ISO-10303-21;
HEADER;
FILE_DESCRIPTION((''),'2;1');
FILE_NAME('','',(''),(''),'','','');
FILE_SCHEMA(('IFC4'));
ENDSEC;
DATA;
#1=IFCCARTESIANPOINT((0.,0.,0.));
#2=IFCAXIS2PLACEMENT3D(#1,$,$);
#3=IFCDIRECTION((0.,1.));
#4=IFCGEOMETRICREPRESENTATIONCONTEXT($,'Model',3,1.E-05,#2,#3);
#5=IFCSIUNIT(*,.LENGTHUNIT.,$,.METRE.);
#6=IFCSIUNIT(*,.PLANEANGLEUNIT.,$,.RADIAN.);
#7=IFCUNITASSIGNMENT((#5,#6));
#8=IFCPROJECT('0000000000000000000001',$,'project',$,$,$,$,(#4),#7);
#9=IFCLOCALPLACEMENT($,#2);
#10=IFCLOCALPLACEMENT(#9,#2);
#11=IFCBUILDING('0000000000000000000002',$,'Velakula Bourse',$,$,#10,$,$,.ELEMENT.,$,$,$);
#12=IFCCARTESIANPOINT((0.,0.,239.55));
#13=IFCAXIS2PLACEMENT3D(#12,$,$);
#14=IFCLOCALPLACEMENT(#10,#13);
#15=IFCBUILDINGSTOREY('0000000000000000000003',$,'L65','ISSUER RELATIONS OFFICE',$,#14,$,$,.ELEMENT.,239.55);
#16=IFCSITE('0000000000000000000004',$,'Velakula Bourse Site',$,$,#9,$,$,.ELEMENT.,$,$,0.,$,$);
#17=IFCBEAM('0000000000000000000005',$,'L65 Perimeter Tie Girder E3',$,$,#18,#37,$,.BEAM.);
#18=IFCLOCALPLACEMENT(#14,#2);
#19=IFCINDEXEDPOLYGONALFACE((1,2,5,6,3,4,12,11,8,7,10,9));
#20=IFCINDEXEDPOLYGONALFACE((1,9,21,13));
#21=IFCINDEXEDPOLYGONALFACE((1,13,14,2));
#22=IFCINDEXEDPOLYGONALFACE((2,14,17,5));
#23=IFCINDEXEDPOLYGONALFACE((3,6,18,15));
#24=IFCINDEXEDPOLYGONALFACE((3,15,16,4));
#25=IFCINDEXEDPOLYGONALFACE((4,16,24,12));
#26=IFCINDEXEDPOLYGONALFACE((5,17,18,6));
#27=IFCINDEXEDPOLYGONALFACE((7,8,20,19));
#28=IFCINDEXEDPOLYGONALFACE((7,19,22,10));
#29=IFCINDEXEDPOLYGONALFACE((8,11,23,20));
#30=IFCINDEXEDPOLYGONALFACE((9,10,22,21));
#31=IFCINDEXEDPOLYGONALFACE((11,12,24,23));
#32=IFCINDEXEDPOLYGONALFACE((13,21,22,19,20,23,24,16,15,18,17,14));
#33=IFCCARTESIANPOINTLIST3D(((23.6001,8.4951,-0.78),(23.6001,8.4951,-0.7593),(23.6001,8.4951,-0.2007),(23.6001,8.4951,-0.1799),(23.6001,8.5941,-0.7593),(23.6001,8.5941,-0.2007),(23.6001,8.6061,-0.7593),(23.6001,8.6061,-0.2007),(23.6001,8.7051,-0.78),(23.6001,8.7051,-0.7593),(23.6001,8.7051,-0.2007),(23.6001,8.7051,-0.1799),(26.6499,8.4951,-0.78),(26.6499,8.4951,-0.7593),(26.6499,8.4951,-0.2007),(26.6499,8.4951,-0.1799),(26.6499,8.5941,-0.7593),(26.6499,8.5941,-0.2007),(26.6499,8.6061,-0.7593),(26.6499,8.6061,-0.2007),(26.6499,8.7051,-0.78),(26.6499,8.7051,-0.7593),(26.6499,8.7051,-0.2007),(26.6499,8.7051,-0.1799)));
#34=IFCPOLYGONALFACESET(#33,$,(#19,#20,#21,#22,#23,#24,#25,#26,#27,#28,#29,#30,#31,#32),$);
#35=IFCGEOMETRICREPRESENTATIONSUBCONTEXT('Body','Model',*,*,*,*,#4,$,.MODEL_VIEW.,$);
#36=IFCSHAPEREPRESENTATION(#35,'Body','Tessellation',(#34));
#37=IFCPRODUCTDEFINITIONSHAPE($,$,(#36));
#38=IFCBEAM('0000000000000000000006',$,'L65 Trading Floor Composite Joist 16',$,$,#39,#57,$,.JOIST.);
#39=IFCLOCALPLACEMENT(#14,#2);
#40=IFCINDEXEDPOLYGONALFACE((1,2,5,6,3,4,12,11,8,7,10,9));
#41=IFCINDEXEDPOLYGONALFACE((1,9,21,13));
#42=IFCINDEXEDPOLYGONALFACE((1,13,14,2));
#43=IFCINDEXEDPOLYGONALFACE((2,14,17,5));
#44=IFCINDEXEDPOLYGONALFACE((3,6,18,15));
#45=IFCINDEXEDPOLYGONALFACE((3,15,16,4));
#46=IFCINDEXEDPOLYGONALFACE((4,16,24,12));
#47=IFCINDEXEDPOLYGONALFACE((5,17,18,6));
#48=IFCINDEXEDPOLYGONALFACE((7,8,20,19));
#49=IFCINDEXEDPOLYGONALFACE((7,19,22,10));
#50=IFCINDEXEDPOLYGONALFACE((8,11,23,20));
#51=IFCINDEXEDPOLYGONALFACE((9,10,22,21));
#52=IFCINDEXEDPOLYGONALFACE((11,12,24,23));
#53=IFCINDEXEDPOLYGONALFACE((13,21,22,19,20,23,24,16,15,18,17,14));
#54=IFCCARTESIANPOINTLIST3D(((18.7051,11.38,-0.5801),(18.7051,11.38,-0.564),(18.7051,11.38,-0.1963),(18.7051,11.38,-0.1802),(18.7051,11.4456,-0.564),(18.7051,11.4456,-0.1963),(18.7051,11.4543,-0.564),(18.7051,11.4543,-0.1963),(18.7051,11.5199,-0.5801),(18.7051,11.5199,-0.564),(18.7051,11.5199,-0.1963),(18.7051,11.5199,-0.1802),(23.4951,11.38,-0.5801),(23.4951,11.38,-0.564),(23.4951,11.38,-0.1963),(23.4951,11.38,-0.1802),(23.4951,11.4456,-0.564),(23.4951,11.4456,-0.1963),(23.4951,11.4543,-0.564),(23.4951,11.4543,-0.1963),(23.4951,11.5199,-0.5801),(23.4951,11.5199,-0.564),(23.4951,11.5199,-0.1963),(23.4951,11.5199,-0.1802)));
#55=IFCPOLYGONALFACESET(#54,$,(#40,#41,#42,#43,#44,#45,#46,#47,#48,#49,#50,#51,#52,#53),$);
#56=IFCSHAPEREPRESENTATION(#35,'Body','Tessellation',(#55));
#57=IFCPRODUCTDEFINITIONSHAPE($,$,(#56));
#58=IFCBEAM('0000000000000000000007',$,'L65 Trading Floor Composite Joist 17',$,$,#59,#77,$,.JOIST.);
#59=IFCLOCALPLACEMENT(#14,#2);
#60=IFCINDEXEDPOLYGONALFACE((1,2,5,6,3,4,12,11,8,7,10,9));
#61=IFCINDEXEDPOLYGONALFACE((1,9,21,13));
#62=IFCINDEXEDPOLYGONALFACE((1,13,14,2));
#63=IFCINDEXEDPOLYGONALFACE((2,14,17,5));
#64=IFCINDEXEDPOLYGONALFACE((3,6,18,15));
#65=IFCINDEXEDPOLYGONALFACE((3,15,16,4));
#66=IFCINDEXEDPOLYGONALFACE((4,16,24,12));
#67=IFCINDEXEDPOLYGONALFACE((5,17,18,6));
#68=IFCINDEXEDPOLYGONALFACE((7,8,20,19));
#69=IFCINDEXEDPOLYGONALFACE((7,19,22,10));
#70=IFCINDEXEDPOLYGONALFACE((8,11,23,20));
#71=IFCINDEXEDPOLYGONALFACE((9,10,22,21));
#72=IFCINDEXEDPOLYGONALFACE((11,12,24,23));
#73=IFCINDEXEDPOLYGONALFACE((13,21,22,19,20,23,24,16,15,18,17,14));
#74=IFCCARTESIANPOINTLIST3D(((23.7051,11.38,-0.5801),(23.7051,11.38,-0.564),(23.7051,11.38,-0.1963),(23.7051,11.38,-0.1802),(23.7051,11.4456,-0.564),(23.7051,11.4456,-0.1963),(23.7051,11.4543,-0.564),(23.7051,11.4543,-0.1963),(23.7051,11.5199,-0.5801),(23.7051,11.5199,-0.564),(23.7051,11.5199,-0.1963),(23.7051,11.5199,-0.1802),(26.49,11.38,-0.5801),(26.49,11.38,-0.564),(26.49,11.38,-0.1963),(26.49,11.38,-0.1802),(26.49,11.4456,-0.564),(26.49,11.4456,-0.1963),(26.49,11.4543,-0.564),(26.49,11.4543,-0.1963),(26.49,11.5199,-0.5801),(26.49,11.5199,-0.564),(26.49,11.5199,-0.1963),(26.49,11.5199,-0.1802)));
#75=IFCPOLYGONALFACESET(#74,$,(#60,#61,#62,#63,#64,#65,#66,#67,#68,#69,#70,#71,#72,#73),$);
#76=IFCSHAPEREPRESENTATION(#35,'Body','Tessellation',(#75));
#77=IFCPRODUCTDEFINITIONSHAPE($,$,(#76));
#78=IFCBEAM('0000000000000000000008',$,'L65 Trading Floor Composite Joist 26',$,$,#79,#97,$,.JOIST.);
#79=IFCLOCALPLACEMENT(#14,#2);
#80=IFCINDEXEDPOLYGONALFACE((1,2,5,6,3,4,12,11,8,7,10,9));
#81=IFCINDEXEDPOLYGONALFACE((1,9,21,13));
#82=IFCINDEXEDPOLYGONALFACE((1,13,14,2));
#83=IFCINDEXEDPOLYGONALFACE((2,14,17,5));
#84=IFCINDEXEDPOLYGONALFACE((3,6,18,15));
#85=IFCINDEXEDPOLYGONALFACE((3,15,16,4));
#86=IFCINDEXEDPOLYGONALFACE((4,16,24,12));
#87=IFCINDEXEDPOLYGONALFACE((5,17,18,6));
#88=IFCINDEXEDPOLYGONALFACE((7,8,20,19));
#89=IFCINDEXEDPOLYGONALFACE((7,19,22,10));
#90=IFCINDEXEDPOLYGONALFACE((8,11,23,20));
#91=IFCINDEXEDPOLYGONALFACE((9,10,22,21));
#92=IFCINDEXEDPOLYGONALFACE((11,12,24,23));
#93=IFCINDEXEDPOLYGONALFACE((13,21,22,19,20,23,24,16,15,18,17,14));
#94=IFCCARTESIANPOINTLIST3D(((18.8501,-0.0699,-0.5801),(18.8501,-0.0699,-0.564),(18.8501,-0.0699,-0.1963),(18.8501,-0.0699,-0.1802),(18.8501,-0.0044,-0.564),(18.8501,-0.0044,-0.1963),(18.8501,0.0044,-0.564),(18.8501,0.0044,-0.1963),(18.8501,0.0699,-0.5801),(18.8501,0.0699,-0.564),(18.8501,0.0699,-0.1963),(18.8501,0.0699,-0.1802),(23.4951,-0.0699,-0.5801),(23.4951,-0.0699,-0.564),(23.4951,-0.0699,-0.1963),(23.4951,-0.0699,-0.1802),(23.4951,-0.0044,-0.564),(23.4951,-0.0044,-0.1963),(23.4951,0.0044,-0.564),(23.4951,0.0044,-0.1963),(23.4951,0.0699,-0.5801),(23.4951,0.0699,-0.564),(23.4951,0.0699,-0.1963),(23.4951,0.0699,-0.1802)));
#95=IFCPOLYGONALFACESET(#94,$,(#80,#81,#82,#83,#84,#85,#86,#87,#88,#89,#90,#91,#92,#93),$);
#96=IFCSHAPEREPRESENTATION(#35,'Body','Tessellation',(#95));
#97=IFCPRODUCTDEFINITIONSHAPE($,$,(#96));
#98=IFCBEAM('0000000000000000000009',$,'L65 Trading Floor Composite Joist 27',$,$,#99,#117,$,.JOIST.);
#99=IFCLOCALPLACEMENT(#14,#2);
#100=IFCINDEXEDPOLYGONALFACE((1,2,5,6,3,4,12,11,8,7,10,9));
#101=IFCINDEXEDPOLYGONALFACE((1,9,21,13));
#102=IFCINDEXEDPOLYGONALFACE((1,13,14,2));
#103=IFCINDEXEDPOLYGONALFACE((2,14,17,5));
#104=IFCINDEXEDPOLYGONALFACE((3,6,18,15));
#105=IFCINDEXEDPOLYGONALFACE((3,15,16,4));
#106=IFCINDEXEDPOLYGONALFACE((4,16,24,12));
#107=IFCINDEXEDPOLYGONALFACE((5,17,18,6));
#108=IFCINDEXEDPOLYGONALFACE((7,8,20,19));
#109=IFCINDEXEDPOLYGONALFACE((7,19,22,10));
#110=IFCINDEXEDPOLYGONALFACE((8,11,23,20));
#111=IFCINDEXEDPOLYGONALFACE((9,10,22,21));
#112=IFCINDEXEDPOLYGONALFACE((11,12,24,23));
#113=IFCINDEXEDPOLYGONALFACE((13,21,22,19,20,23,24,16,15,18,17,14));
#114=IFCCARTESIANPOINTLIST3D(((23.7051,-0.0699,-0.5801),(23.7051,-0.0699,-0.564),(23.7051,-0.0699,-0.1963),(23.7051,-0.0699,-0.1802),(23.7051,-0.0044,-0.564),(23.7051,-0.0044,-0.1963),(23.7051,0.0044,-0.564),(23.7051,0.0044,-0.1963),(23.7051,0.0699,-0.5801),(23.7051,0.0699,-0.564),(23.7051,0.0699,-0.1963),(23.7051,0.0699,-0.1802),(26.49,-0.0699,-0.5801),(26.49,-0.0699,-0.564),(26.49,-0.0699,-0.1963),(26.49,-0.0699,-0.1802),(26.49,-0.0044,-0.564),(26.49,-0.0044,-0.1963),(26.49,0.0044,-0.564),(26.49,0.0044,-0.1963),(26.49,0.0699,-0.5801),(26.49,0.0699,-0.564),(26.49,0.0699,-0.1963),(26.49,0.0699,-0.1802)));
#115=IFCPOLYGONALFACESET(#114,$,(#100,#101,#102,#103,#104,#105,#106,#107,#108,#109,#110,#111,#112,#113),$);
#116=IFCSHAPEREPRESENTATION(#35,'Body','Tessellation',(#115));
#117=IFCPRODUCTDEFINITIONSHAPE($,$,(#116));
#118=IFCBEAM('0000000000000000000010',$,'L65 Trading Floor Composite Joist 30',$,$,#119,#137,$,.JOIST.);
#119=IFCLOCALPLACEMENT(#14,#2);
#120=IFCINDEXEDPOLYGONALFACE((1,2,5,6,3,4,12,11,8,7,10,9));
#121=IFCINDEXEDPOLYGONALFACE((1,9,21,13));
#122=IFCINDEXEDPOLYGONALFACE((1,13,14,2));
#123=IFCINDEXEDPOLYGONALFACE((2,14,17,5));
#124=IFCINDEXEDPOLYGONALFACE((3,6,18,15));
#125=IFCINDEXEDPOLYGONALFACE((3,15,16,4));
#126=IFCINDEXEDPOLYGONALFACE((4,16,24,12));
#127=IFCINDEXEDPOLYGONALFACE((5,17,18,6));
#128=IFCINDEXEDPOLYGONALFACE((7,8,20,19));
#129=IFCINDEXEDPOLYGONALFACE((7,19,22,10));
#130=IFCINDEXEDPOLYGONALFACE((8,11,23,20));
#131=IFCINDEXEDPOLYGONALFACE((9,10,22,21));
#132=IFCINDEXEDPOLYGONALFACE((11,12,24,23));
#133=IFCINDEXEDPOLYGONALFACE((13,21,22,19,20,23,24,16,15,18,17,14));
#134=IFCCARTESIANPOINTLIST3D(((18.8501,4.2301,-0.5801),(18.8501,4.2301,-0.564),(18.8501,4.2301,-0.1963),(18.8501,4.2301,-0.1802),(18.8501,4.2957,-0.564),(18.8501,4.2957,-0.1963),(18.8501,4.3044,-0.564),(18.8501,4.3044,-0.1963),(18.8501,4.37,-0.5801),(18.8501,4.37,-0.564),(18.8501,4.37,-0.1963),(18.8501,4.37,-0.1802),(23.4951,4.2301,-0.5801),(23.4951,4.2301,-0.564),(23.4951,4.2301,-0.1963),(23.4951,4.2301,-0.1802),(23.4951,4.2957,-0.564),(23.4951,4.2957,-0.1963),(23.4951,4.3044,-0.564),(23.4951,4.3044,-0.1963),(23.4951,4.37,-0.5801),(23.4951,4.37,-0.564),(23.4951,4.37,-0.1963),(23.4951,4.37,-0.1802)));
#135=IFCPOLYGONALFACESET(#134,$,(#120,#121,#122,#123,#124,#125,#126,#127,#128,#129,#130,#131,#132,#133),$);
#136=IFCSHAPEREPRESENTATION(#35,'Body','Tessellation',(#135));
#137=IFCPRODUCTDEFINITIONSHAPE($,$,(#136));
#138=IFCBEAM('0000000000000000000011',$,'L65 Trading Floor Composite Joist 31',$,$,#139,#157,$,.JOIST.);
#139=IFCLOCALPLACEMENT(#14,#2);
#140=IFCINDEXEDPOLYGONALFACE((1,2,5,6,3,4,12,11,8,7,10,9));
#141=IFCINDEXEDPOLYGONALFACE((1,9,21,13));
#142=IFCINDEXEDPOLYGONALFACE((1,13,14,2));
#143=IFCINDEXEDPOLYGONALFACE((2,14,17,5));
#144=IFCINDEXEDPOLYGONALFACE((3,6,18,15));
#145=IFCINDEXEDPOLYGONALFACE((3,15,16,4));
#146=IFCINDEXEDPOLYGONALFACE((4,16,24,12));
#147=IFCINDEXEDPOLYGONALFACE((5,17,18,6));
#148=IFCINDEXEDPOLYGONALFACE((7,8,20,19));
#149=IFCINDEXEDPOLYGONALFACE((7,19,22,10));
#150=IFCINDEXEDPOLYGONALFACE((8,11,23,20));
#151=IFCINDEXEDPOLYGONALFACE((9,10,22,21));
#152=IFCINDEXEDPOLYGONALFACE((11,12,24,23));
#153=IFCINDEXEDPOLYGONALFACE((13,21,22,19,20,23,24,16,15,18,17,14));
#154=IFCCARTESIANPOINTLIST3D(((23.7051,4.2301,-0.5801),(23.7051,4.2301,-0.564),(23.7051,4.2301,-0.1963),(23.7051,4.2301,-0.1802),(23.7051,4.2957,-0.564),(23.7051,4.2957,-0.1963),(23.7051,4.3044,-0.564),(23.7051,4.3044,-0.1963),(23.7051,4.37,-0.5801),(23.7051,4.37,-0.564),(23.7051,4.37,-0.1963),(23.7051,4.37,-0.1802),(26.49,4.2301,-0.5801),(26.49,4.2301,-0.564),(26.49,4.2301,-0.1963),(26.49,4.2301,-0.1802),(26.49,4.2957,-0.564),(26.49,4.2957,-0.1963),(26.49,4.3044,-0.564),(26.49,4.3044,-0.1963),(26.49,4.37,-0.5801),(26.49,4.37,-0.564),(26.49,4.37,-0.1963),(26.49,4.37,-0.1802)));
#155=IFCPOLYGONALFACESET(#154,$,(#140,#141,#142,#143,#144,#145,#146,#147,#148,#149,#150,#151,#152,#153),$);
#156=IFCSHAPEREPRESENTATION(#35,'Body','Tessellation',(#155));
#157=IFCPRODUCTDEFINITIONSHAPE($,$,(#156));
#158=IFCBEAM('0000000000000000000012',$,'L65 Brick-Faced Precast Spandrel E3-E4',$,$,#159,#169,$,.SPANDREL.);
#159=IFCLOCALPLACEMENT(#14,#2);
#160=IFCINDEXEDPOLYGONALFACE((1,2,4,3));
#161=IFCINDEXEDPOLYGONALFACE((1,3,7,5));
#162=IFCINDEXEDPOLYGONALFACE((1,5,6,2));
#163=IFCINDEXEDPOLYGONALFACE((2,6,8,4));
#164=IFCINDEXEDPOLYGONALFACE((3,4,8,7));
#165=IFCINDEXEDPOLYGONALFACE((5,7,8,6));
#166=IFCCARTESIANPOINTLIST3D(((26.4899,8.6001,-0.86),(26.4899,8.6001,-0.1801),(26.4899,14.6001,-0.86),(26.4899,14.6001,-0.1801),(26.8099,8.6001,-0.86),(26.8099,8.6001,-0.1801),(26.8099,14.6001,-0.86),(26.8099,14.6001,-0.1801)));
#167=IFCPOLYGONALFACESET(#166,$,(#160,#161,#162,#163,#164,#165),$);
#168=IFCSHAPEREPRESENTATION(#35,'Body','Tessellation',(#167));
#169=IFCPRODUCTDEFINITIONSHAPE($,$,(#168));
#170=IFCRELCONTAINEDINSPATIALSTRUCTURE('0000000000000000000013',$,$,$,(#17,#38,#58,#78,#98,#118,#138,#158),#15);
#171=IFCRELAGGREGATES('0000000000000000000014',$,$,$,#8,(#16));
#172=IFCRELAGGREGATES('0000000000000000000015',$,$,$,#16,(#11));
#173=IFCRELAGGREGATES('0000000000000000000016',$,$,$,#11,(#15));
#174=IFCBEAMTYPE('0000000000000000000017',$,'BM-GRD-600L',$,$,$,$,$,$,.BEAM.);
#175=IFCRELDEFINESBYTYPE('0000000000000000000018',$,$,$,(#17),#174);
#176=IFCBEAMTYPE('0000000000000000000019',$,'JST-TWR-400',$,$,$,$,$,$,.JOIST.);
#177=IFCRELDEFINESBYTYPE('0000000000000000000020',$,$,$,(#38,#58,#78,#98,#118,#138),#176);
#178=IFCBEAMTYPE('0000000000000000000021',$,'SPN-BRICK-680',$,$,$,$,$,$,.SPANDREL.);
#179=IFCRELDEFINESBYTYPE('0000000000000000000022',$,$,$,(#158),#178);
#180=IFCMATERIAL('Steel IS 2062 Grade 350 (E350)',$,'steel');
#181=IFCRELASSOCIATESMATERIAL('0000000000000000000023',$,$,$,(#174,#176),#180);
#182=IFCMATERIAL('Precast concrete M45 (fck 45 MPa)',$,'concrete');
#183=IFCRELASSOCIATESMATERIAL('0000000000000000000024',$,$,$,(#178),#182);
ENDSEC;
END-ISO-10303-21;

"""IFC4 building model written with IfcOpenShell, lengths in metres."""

from ifc_helpers import new_model, si_unit, direction, frame, origin, origin_2d, place, context, subcontext, project, spatial, rectangle, i_section, extrude, material, material_profile, profile_set, type_object, element, save


model = new_model("IFC4")

# Units and contexts
model_context = context("Model", 3, precision=1e-05, world=origin(), true_north=direction((0.0, 1.0)))
body_context = subcontext(model_context, "Body", "Model", "MODEL_VIEW")
ifc_project = project(units=[si_unit("LENGTHUNIT", "METRE"), si_unit("PLANEANGLEUNIT", "RADIAN")], contexts=[model_context])

# Site, building, storey
site_placement = place(None, origin())
site = spatial("IfcSite", under=ifc_project, at=site_placement, Name="Velakula Bourse Site", CompositionType="ELEMENT", RefElevation=0.0)
building_placement = place(site_placement, origin())
building = spatial("IfcBuilding", under=site, at=building_placement, Name="Velakula Bourse", CompositionType="ELEMENT")
storey_placement = place(building_placement, frame((0.0, 0.0, 239.55)))
storey = spatial("IfcBuildingStorey", under=building, at=storey_placement, Name="L65", Description="ISSUER RELATIONS OFFICE", CompositionType="ELEMENT", Elevation=239.55)

# Shared definitions
ifc_material_1 = material(Name="Steel IS 2062 Grade 350 (E350)", Category="steel")

# Beams
ifc_material_profile_1 = material_profile(ifc_material_1, i_section(OverallWidth=0.21, OverallDepth=0.6001, WebThickness=0.012, FlangeThickness=0.0208, at=origin_2d()), Name="Steel IS 2062 Grade 350 (E350)")
ifc_profile_set_1 = profile_set([ifc_material_profile_1], Name="Steel IS 2062 Grade 350 (E350)")
beam_type_1 = type_object("IfcBeamType", Name="BM-GRD-600L", PredefinedType="BEAM", material=ifc_profile_set_1)
beam_1_placement = place(storey_placement, frame((23.6001, 8.6001, -0.48), z_axis=(1.0, 0.0, 0.0), x_axis=(0.0, 1.0, 0.0)))
element("IfcBeam", 1, at=beam_1_placement, inside=storey, type_object=beam_type_1, Name="L65 Perimeter Tie Girder E3", PredefinedType="BEAM", context=body_context, shape_type="SweptSolid", body=[
    extrude(i_section(OverallWidth=0.21, OverallDepth=0.6001, WebThickness=0.012, FlangeThickness=0.0208, at=origin_2d()), origin(), (0.0, 0.0, 1.0), 3.0498),
])
ifc_material_profile_2 = material_profile(ifc_material_1, i_section(OverallWidth=0.1399, OverallDepth=0.3999, WebThickness=0.0088, FlangeThickness=0.0161, at=origin_2d()), Name="Steel IS 2062 Grade 350 (E350)")
ifc_profile_set_2 = profile_set([ifc_material_profile_2], Name="Steel IS 2062 Grade 350 (E350)")
beam_type_2 = type_object("IfcBeamType", Name="JST-TWR-400", PredefinedType="JOIST", material=ifc_profile_set_2)
beam_2_placement = place(storey_placement, frame((18.7051, 11.45, -0.3801), z_axis=(1.0, 0.0, 0.0), x_axis=(0.0, 1.0, 0.0)))
element("IfcBeam", 2, at=beam_2_placement, inside=storey, type_object=beam_type_2, Name="L65 Trading Floor Composite Joist 16", PredefinedType="JOIST", context=body_context, shape_type="SweptSolid", body=[
    extrude(i_section(OverallWidth=0.1399, OverallDepth=0.3999, WebThickness=0.0088, FlangeThickness=0.0161, at=origin_2d()), origin(), (0.0, 0.0, 1.0), 4.79),
])
beam_3_placement = place(storey_placement, frame((23.7051, 11.45, -0.3801), z_axis=(1.0, 0.0, 0.0), x_axis=(0.0, 1.0, 0.0)))
element("IfcBeam", 3, at=beam_3_placement, inside=storey, type_object=beam_type_2, Name="L65 Trading Floor Composite Joist 17", PredefinedType="JOIST", context=body_context, shape_type="SweptSolid", body=[
    extrude(i_section(OverallWidth=0.1399, OverallDepth=0.3999, WebThickness=0.0088, FlangeThickness=0.0161, at=origin_2d()), origin(), (0.0, 0.0, 1.0), 2.7849),
])
beam_4_placement = place(storey_placement, frame((18.8501, 0.0, -0.3801), z_axis=(1.0, 0.0, 0.0), x_axis=(0.0, 1.0, 0.0)))
element("IfcBeam", 4, at=beam_4_placement, inside=storey, type_object=beam_type_2, Name="L65 Trading Floor Composite Joist 26", PredefinedType="JOIST", context=body_context, shape_type="SweptSolid", body=[
    extrude(i_section(OverallWidth=0.1399, OverallDepth=0.3999, WebThickness=0.0088, FlangeThickness=0.0161, at=origin_2d()), origin(), (0.0, 0.0, 1.0), 4.645),
])
beam_5_placement = place(storey_placement, frame((23.7051, 0.0, -0.3801), z_axis=(1.0, 0.0, 0.0), x_axis=(0.0, 1.0, 0.0)))
element("IfcBeam", 5, at=beam_5_placement, inside=storey, type_object=beam_type_2, Name="L65 Trading Floor Composite Joist 27", PredefinedType="JOIST", context=body_context, shape_type="SweptSolid", body=[
    extrude(i_section(OverallWidth=0.1399, OverallDepth=0.3999, WebThickness=0.0088, FlangeThickness=0.0161, at=origin_2d()), origin(), (0.0, 0.0, 1.0), 2.7849),
])
beam_6_placement = place(storey_placement, frame((18.8501, 4.3, -0.3801), z_axis=(1.0, 0.0, 0.0), x_axis=(0.0, 1.0, 0.0)))
element("IfcBeam", 6, at=beam_6_placement, inside=storey, type_object=beam_type_2, Name="L65 Trading Floor Composite Joist 30", PredefinedType="JOIST", context=body_context, shape_type="SweptSolid", body=[
    extrude(i_section(OverallWidth=0.1399, OverallDepth=0.3999, WebThickness=0.0088, FlangeThickness=0.0161, at=origin_2d()), origin(), (0.0, 0.0, 1.0), 4.645),
])
beam_7_placement = place(storey_placement, frame((23.7051, 4.3, -0.3801), z_axis=(1.0, 0.0, 0.0), x_axis=(0.0, 1.0, 0.0)))
element("IfcBeam", 7, at=beam_7_placement, inside=storey, type_object=beam_type_2, Name="L65 Trading Floor Composite Joist 31", PredefinedType="JOIST", context=body_context, shape_type="SweptSolid", body=[
    extrude(i_section(OverallWidth=0.1399, OverallDepth=0.3999, WebThickness=0.0088, FlangeThickness=0.0161, at=origin_2d()), origin(), (0.0, 0.0, 1.0), 2.7849),
])
ifc_material_2 = material(Name="Precast concrete M45 (fck 45 MPa)", Category="concrete")
ifc_material_profile_3 = material_profile(ifc_material_2, rectangle(XDim=0.3201, YDim=0.6799, at=origin_2d()), Name="Precast concrete M45 (fck 45 MPa)")
ifc_profile_set_3 = profile_set([ifc_material_profile_3], Name="Precast concrete M45 (fck 45 MPa)")
beam_type_3 = type_object("IfcBeamType", Name="SPN-BRICK-680", PredefinedType="SPANDREL", material=ifc_profile_set_3)
beam_8_placement = place(storey_placement, frame((26.6499, 8.6001, -0.52), z_axis=(0.0, 1.0, 0.0), x_axis=(-1.0, 0.0, 0.0)))
element("IfcBeam", 8, at=beam_8_placement, inside=storey, type_object=beam_type_3, Name="L65 Brick-Faced Precast Spandrel E3-E4", PredefinedType="SPANDREL", context=body_context, shape_type="SweptSolid", body=[
    extrude(rectangle(XDim=0.3201, YDim=0.6799, at=origin_2d()), origin(), (0.0, 0.0, 1.0), 6.0),
])

save(model, "model.ifc")
